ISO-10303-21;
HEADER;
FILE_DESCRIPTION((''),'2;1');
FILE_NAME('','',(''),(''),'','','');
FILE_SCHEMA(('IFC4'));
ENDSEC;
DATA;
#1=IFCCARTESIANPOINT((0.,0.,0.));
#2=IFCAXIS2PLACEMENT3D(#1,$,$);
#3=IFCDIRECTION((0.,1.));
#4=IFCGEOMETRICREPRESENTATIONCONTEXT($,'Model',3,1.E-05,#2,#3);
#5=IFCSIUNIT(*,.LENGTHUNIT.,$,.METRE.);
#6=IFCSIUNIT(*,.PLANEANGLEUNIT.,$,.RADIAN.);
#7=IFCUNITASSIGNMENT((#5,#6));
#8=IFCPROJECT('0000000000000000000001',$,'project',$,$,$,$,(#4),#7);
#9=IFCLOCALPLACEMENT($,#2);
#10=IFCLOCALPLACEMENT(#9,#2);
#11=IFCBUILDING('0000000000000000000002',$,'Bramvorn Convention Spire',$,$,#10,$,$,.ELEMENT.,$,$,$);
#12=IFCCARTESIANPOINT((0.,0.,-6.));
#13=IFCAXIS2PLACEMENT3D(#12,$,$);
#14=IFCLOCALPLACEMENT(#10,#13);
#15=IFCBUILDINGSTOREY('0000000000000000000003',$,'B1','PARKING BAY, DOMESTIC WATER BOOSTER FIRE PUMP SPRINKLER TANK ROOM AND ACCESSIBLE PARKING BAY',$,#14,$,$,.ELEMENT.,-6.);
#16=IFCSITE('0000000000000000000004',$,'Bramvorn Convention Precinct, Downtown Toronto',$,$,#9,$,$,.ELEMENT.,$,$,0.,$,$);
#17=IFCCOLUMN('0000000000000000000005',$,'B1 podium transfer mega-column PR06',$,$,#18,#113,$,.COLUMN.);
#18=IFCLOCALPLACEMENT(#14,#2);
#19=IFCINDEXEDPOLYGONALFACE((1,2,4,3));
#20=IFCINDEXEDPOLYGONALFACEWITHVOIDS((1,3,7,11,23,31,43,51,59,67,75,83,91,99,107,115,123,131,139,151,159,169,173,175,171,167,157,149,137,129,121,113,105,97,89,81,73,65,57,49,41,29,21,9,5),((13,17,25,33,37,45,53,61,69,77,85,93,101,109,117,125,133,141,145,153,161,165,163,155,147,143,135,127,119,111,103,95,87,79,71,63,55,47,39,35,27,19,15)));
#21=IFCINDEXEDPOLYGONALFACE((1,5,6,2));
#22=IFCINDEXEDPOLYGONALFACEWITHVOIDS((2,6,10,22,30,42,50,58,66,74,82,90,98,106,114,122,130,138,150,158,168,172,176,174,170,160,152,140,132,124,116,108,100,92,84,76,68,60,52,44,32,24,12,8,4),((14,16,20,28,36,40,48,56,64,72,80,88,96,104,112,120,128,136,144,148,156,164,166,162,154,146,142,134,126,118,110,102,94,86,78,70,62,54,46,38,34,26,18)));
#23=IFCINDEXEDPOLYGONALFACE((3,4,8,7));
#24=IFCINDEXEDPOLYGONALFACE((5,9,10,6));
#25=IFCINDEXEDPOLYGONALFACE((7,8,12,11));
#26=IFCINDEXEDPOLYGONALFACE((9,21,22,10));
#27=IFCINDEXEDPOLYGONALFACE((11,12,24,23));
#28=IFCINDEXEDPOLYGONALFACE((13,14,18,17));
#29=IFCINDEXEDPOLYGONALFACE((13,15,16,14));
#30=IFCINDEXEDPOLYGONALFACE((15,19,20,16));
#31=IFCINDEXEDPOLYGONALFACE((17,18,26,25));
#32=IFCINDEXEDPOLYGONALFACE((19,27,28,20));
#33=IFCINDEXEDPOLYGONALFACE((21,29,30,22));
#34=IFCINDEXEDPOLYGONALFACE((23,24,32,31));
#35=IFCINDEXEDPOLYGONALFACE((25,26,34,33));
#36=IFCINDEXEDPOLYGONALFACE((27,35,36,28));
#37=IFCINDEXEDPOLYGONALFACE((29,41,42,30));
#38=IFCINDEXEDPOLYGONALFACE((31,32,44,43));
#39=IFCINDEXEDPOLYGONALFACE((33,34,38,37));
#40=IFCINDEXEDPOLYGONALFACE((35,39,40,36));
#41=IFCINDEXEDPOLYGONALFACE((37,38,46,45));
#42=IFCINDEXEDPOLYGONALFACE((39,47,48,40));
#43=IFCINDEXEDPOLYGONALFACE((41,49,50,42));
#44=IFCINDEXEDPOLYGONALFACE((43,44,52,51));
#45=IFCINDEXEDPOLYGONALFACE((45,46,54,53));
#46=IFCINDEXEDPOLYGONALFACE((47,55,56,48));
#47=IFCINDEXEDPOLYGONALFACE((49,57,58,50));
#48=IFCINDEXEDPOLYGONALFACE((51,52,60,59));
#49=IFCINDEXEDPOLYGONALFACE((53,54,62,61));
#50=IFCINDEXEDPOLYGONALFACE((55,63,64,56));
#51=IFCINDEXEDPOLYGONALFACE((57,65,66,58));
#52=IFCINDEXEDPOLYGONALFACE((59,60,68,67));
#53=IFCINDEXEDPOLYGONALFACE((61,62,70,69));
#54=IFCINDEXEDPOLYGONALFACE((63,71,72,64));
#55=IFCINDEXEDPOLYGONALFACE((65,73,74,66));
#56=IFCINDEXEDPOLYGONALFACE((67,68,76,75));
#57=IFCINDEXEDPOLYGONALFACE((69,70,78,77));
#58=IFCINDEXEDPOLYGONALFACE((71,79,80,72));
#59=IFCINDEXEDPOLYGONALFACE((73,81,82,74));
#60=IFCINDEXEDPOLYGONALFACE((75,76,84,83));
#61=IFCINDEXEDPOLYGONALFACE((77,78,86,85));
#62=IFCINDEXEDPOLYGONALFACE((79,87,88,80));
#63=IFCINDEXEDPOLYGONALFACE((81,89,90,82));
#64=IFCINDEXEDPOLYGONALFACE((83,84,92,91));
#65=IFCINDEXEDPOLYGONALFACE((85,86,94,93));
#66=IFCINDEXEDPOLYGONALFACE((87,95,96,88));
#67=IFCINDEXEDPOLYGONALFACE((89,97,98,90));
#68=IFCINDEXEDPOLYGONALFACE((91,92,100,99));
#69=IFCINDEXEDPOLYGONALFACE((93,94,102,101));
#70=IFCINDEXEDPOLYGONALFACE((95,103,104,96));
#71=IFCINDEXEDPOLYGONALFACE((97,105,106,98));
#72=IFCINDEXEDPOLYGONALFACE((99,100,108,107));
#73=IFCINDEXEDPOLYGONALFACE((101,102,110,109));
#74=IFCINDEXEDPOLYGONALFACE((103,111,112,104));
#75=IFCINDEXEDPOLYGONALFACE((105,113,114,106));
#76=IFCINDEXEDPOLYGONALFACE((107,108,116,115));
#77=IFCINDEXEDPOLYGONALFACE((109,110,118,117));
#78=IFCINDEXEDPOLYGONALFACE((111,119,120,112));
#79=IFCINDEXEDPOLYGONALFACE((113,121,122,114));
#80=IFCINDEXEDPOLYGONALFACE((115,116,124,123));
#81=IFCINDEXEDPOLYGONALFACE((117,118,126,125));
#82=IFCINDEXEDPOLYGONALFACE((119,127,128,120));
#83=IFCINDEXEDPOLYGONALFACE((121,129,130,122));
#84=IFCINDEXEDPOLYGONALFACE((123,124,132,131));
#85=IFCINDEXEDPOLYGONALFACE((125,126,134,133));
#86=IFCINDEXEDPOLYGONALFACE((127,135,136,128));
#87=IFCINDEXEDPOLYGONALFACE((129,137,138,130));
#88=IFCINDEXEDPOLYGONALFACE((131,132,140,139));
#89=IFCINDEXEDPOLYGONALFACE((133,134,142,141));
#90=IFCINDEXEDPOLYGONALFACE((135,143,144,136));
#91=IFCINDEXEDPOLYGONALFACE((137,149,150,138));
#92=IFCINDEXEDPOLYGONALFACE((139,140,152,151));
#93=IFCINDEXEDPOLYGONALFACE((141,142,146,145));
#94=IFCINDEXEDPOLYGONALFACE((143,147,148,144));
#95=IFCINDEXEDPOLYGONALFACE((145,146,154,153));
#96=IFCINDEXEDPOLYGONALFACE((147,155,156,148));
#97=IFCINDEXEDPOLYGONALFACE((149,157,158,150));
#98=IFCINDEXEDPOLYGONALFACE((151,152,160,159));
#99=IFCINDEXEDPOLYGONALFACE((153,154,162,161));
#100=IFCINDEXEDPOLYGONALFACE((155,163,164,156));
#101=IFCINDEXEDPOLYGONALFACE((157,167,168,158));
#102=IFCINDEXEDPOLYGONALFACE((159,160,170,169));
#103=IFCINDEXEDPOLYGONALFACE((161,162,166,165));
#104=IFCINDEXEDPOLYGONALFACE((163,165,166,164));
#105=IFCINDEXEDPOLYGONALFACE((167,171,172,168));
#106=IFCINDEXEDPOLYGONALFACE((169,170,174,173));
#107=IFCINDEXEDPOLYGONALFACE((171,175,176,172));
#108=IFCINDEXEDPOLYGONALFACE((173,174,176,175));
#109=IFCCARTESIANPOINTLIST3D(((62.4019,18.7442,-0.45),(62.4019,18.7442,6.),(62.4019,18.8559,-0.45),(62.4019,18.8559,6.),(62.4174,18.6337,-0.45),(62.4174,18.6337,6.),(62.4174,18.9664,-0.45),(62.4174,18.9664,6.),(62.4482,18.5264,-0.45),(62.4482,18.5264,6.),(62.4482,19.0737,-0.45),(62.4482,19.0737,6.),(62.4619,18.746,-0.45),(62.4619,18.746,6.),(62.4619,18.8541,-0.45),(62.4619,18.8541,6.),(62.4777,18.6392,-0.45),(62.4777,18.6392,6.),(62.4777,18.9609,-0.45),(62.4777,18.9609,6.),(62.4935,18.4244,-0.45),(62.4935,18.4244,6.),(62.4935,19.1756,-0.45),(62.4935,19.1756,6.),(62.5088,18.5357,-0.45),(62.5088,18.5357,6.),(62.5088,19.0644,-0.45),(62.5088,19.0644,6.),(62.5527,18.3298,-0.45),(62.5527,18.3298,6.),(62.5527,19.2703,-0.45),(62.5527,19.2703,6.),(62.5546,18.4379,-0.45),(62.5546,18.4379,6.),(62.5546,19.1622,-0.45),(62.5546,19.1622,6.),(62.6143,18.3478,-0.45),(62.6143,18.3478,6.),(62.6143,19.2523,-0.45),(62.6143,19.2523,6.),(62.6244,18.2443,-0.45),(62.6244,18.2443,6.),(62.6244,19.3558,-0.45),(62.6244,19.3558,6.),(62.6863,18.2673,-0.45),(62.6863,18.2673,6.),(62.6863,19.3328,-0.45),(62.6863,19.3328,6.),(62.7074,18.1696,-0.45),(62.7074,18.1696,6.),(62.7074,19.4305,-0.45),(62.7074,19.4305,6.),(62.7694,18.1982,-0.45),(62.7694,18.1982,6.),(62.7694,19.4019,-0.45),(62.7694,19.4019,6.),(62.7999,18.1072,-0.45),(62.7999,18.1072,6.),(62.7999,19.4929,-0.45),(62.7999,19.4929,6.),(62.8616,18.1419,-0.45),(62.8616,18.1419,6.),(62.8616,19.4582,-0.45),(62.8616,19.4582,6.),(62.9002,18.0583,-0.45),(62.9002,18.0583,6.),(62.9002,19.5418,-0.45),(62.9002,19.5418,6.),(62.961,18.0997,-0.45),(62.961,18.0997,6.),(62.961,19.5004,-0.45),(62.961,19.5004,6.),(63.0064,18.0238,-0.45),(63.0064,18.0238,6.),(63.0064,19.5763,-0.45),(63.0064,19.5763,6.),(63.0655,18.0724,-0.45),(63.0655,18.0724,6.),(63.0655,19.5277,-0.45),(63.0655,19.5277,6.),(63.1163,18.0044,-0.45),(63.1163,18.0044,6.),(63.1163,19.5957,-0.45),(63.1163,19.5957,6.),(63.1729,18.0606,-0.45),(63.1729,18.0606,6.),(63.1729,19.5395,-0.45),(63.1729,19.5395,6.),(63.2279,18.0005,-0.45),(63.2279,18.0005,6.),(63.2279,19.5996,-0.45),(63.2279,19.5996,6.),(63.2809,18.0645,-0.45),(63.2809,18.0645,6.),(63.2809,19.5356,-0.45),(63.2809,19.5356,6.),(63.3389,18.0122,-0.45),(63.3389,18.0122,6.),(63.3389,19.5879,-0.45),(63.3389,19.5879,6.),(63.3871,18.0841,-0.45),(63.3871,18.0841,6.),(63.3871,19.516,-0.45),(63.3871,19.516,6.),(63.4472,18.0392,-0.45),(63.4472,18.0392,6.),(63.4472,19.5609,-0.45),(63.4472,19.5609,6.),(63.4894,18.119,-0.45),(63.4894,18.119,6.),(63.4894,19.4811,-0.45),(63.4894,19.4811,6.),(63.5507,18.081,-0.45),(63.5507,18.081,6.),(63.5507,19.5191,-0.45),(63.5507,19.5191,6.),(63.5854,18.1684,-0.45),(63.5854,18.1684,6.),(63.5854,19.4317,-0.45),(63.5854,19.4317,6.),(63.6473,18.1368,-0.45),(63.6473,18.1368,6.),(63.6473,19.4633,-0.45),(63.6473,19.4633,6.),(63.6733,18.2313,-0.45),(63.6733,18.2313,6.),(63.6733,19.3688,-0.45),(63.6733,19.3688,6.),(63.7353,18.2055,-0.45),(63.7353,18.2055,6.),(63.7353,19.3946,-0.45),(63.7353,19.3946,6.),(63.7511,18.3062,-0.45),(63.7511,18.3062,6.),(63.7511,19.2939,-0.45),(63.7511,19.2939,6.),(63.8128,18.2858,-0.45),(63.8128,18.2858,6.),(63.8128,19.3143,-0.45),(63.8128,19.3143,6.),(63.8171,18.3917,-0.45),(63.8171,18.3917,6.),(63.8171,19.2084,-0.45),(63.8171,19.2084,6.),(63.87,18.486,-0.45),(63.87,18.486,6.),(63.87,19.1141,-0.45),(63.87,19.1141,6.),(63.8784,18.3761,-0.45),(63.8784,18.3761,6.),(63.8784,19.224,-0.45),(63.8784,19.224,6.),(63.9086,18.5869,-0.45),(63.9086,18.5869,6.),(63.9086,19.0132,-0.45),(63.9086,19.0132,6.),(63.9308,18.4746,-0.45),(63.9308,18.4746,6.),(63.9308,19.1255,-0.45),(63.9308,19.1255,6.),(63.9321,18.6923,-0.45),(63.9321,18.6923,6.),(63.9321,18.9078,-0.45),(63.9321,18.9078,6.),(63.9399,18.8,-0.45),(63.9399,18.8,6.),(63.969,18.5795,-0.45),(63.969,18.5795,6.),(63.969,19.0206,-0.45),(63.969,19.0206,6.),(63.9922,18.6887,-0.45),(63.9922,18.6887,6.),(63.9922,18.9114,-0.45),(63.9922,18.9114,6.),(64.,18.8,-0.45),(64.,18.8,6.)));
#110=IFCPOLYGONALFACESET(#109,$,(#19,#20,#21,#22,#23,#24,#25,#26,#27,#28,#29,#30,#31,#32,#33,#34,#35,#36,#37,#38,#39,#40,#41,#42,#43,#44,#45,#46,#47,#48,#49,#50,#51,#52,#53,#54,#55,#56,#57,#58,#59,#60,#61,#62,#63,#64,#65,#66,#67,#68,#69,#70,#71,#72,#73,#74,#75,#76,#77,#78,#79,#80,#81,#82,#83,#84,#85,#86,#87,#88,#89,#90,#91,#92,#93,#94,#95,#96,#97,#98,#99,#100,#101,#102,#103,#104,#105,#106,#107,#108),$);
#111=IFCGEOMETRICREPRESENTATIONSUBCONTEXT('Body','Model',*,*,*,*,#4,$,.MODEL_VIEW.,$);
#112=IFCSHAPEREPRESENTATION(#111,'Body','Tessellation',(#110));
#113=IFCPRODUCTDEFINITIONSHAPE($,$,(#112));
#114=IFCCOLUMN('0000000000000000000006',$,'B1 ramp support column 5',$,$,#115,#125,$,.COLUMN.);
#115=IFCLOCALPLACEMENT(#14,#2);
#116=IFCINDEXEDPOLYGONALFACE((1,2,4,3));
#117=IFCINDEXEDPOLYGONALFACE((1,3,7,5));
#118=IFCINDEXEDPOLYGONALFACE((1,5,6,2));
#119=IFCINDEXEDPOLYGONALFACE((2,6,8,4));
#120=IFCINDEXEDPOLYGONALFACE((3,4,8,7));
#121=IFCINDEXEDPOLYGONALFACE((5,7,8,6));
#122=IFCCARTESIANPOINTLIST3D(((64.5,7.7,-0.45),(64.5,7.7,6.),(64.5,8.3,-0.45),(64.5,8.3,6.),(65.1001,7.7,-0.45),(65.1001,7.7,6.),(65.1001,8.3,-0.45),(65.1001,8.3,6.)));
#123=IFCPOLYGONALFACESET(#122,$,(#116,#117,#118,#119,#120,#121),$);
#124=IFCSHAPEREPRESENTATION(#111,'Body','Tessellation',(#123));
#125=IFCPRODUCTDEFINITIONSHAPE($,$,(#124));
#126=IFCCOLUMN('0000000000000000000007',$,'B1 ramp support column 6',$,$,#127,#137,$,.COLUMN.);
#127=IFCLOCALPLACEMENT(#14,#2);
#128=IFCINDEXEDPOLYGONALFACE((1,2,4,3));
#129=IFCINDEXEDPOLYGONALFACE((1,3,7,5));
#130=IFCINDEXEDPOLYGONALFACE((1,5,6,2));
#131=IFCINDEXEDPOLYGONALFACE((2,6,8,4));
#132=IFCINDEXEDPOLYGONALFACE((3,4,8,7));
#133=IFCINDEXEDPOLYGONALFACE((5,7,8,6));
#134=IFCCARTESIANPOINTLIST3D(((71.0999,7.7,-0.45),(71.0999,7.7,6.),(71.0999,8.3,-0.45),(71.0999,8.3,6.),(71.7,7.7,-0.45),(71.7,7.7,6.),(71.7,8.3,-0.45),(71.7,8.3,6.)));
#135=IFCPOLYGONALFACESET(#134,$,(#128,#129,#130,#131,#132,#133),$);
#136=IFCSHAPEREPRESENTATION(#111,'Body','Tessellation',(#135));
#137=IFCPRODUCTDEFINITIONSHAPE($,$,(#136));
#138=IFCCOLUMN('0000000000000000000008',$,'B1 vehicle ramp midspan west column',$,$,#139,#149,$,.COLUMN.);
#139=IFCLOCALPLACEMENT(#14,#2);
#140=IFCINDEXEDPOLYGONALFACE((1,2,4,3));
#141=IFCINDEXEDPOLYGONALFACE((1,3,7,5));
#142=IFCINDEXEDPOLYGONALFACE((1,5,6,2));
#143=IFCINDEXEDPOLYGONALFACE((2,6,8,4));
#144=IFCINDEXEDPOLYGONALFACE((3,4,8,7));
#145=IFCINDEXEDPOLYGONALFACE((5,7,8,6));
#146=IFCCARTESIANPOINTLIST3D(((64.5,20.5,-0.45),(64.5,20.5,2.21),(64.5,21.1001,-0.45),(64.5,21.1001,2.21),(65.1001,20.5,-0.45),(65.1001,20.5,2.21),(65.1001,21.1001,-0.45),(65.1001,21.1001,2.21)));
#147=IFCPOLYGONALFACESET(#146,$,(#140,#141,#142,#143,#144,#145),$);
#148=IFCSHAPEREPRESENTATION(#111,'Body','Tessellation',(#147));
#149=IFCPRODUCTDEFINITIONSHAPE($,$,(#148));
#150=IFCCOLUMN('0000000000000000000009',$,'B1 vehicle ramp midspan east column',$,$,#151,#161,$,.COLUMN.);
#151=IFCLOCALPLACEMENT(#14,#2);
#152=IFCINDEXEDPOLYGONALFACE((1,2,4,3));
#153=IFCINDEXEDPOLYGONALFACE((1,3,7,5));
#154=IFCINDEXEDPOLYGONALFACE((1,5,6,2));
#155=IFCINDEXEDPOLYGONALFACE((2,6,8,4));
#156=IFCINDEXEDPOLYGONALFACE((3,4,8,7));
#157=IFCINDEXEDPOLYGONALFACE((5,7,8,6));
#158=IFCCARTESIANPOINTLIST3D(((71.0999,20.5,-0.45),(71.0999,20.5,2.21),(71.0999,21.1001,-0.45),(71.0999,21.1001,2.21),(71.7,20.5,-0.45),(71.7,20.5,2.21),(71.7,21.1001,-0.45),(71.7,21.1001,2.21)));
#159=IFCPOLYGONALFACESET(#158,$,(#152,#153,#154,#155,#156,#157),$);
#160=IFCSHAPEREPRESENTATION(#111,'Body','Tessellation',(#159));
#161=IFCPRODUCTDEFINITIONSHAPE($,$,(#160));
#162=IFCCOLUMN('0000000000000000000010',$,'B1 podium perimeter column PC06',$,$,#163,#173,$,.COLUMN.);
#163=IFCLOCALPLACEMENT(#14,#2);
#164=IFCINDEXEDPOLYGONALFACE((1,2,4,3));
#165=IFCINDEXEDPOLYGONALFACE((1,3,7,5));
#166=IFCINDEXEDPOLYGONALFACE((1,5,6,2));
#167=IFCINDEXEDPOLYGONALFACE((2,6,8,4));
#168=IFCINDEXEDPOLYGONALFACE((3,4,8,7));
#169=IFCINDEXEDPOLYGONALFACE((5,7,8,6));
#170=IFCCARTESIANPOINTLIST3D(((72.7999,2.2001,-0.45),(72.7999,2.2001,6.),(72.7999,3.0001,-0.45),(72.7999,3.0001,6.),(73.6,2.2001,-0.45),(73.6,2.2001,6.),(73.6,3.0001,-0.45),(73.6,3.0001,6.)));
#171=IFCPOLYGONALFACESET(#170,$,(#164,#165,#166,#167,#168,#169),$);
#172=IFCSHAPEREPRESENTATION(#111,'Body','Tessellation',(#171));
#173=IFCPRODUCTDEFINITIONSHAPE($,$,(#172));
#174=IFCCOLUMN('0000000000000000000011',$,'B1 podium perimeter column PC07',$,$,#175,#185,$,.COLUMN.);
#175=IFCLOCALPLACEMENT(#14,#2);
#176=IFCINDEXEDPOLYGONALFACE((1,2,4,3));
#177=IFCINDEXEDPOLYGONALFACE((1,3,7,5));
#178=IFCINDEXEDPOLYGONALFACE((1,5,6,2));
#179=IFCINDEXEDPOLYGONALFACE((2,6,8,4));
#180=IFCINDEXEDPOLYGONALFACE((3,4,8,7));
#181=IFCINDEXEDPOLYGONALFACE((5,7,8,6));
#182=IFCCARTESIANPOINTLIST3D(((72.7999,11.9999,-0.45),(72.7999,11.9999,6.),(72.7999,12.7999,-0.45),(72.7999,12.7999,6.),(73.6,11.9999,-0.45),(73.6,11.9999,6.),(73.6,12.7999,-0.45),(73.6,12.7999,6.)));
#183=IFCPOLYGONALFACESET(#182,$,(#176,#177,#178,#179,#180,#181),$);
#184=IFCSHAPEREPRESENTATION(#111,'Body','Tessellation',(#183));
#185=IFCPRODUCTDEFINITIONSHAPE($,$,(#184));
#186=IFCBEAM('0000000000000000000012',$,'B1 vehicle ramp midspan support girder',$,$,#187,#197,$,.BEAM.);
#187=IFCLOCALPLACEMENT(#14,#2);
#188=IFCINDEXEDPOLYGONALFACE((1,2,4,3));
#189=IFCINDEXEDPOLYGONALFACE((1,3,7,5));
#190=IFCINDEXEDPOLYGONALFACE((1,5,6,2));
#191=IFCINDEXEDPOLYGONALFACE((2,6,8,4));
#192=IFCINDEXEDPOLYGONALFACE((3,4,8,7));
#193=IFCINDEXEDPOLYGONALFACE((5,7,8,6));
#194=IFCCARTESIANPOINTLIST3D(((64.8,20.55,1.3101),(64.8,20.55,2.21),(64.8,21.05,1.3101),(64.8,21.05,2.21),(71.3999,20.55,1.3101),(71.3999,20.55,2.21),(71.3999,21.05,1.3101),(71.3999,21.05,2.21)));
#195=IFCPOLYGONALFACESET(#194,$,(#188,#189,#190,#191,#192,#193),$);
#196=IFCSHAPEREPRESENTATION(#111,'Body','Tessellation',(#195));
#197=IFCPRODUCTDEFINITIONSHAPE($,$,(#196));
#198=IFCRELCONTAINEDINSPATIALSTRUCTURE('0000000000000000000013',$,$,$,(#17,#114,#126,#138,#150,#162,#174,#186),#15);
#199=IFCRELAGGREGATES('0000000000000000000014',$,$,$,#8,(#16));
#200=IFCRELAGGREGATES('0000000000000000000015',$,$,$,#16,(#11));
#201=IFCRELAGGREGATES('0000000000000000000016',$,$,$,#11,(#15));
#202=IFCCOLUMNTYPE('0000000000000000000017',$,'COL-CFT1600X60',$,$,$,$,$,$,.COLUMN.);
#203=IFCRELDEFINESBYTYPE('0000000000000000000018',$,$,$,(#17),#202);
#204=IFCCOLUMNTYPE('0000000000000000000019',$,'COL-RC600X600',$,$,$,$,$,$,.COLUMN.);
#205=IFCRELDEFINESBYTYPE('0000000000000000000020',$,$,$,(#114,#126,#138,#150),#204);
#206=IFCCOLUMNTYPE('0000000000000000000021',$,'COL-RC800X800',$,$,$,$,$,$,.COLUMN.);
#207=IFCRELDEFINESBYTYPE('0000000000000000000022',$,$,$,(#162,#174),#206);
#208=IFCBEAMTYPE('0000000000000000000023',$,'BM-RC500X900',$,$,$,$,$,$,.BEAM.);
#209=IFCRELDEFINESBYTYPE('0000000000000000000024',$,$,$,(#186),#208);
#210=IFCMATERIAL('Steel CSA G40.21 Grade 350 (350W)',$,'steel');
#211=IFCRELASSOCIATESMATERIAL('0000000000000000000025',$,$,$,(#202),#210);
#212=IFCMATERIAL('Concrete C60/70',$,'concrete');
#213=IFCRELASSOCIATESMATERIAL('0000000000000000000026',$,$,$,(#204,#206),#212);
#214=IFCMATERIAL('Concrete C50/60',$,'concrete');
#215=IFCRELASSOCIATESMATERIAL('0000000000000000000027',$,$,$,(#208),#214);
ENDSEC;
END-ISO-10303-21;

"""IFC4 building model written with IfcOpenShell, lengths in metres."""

from ifc_helpers import new_model, si_unit, direction, frame, origin, origin_2d, place, context, subcontext, project, spatial, rectangle, hollow_circle, extrude, material, material_profile, profile_set, type_object, element, save


model = new_model("IFC4")

# Units and contexts
model_context = context("Model", 3, precision=1e-05, world=origin(), true_north=direction((0.0, 1.0)))
body_context = subcontext(model_context, "Body", "Model", "MODEL_VIEW")
ifc_project = project(units=[si_unit("LENGTHUNIT", "METRE"), si_unit("PLANEANGLEUNIT", "RADIAN")], contexts=[model_context])

# Site, building, storey
site_placement = place(None, origin())
site = spatial("IfcSite", under=ifc_project, at=site_placement, Name="Bramvorn Convention Precinct, Downtown Toronto", CompositionType="ELEMENT", RefElevation=0.0)
building_placement = place(site_placement, origin())
building = spatial("IfcBuilding", under=site, at=building_placement, Name="Bramvorn Convention Spire", CompositionType="ELEMENT")
storey_placement = place(building_placement, frame((0.0, 0.0, -6.0)))
storey = spatial("IfcBuildingStorey", under=building, at=storey_placement, Name="B1", Description="PARKING BAY, DOMESTIC WATER BOOSTER FIRE PUMP SPRINKLER TANK ROOM AND ACCESSIBLE PARKING BAY", CompositionType="ELEMENT", Elevation=-6.0)

# Shared definitions
ifc_material_1 = material(Name="Concrete C60/70", Category="concrete")
ifc_material_2 = material(Name="Concrete C50/60", Category="concrete")

# Columns
ifc_material_3 = material(Name="Steel CSA G40.21 Grade 350 (350W)", Category="steel")
ifc_material_profile_1 = material_profile(ifc_material_3, hollow_circle(Radius=0.8, WallThickness=0.0601, at=origin_2d()))
ifc_profile_set_1 = profile_set([ifc_material_profile_1], Name="Steel CSA G40.21 Grade 350 (350W) - CFT1600X60")
column_type_1 = type_object("IfcColumnType", Name="COL-CFT1600X60", PredefinedType="COLUMN", material=ifc_profile_set_1)
for number, where, z_axis, x_axis, name in (
    (1, (63.2, 18.8, -0.45), (0.0, 0.0, 1.0), (1.0, 0.0, 0.0), "B1 podium transfer mega-column PR06"),
):
    element("IfcColumn", number, at=place(storey_placement, frame(where, z_axis=z_axis, x_axis=x_axis)), inside=storey, type_object=column_type_1, Name=name, PredefinedType="COLUMN", context=body_context, shape_type="SweptSolid", body=[
        extrude(hollow_circle(Radius=0.8, WallThickness=0.0601, at=origin_2d()), origin(), (0.0, 0.0, 1.0), 6.45),
    ])
ifc_material_profile_2 = material_profile(ifc_material_1, rectangle(XDim=0.6001, YDim=0.6001, at=origin_2d()))
ifc_profile_set_2 = profile_set([ifc_material_profile_2], Name="Concrete C60/70 - RC600X600")
column_type_2 = type_object("IfcColumnType", Name="COL-RC600X600", PredefinedType="COLUMN", material=ifc_profile_set_2)
for number, where, z_axis, x_axis, name in (
    (2, (64.8, 8.0, -0.45), (0.0, 0.0, 1.0), (1.0, 0.0, 0.0), "B1 ramp support column 5"),
    (3, (71.3999, 8.0, -0.45), (0.0, 0.0, 1.0), (1.0, 0.0, 0.0), "B1 ramp support column 6"),
):
    element("IfcColumn", number, at=place(storey_placement, frame(where, z_axis=z_axis, x_axis=x_axis)), inside=storey, type_object=column_type_2, Name=name, PredefinedType="COLUMN", context=body_context, shape_type="SweptSolid", body=[
        extrude(rectangle(XDim=0.6001, YDim=0.6001, at=origin_2d()), origin(), (0.0, 0.0, 1.0), 6.45),
    ])
for number, where, z_axis, x_axis, name in (
    (4, (64.8, 20.8, -0.45), (0.0, 0.0, 1.0), (1.0, 0.0, 0.0), "B1 vehicle ramp midspan west column"),
    (5, (71.3999, 20.8, -0.45), (0.0, 0.0, 1.0), (1.0, 0.0, 0.0), "B1 vehicle ramp midspan east column"),
):
    element("IfcColumn", number, at=place(storey_placement, frame(where, z_axis=z_axis, x_axis=x_axis)), inside=storey, type_object=column_type_2, Name=name, PredefinedType="COLUMN", context=body_context, shape_type="SweptSolid", body=[
        extrude(rectangle(XDim=0.6001, YDim=0.6001, at=origin_2d()), origin(), (0.0, 0.0, 1.0), 2.6599),
    ])
ifc_material_profile_3 = material_profile(ifc_material_1, rectangle(XDim=0.8, YDim=0.8, at=origin_2d()))
ifc_profile_set_3 = profile_set([ifc_material_profile_3], Name="Concrete C60/70 - RC800X800")
column_type_3 = type_object("IfcColumnType", Name="COL-RC800X800", PredefinedType="COLUMN", material=ifc_profile_set_3)
for number, where, z_axis, x_axis, name in (
    (6, (73.2, 2.6001, -0.45), (0.0, 0.0, 1.0), (1.0, 0.0, 0.0), "B1 podium perimeter column PC06"),
    (7, (73.2, 12.3999, -0.45), (0.0, 0.0, 1.0), (1.0, 0.0, 0.0), "B1 podium perimeter column PC07"),
):
    element("IfcColumn", number, at=place(storey_placement, frame(where, z_axis=z_axis, x_axis=x_axis)), inside=storey, type_object=column_type_3, Name=name, PredefinedType="COLUMN", context=body_context, shape_type="SweptSolid", body=[
        extrude(rectangle(XDim=0.8, YDim=0.8, at=origin_2d()), origin(), (0.0, 0.0, 1.0), 6.45),
    ])

# Beam
ifc_material_profile_4 = material_profile(ifc_material_2, rectangle(XDim=0.5, YDim=0.8999, at=origin_2d()))
ifc_profile_set_4 = profile_set([ifc_material_profile_4], Name="Concrete C50/60 - RC500X900")
beam_type_1 = type_object("IfcBeamType", Name="BM-RC500X900", PredefinedType="BEAM", material=ifc_profile_set_4)
beam_1_placement = place(storey_placement, frame((64.8, 20.8, 1.76), z_axis=(1.0, 0.0, 0.0), x_axis=(0.0, 1.0, 0.0)))
element("IfcBeam", 8, at=beam_1_placement, inside=storey, type_object=beam_type_1, Name="B1 vehicle ramp midspan support girder", PredefinedType="BEAM", context=body_context, shape_type="SweptSolid", body=[
    extrude(rectangle(XDim=0.5, YDim=0.8999, at=origin_2d()), origin(), (0.0, 0.0, 1.0), 6.5999),
])

save(model, "model.ifc")
